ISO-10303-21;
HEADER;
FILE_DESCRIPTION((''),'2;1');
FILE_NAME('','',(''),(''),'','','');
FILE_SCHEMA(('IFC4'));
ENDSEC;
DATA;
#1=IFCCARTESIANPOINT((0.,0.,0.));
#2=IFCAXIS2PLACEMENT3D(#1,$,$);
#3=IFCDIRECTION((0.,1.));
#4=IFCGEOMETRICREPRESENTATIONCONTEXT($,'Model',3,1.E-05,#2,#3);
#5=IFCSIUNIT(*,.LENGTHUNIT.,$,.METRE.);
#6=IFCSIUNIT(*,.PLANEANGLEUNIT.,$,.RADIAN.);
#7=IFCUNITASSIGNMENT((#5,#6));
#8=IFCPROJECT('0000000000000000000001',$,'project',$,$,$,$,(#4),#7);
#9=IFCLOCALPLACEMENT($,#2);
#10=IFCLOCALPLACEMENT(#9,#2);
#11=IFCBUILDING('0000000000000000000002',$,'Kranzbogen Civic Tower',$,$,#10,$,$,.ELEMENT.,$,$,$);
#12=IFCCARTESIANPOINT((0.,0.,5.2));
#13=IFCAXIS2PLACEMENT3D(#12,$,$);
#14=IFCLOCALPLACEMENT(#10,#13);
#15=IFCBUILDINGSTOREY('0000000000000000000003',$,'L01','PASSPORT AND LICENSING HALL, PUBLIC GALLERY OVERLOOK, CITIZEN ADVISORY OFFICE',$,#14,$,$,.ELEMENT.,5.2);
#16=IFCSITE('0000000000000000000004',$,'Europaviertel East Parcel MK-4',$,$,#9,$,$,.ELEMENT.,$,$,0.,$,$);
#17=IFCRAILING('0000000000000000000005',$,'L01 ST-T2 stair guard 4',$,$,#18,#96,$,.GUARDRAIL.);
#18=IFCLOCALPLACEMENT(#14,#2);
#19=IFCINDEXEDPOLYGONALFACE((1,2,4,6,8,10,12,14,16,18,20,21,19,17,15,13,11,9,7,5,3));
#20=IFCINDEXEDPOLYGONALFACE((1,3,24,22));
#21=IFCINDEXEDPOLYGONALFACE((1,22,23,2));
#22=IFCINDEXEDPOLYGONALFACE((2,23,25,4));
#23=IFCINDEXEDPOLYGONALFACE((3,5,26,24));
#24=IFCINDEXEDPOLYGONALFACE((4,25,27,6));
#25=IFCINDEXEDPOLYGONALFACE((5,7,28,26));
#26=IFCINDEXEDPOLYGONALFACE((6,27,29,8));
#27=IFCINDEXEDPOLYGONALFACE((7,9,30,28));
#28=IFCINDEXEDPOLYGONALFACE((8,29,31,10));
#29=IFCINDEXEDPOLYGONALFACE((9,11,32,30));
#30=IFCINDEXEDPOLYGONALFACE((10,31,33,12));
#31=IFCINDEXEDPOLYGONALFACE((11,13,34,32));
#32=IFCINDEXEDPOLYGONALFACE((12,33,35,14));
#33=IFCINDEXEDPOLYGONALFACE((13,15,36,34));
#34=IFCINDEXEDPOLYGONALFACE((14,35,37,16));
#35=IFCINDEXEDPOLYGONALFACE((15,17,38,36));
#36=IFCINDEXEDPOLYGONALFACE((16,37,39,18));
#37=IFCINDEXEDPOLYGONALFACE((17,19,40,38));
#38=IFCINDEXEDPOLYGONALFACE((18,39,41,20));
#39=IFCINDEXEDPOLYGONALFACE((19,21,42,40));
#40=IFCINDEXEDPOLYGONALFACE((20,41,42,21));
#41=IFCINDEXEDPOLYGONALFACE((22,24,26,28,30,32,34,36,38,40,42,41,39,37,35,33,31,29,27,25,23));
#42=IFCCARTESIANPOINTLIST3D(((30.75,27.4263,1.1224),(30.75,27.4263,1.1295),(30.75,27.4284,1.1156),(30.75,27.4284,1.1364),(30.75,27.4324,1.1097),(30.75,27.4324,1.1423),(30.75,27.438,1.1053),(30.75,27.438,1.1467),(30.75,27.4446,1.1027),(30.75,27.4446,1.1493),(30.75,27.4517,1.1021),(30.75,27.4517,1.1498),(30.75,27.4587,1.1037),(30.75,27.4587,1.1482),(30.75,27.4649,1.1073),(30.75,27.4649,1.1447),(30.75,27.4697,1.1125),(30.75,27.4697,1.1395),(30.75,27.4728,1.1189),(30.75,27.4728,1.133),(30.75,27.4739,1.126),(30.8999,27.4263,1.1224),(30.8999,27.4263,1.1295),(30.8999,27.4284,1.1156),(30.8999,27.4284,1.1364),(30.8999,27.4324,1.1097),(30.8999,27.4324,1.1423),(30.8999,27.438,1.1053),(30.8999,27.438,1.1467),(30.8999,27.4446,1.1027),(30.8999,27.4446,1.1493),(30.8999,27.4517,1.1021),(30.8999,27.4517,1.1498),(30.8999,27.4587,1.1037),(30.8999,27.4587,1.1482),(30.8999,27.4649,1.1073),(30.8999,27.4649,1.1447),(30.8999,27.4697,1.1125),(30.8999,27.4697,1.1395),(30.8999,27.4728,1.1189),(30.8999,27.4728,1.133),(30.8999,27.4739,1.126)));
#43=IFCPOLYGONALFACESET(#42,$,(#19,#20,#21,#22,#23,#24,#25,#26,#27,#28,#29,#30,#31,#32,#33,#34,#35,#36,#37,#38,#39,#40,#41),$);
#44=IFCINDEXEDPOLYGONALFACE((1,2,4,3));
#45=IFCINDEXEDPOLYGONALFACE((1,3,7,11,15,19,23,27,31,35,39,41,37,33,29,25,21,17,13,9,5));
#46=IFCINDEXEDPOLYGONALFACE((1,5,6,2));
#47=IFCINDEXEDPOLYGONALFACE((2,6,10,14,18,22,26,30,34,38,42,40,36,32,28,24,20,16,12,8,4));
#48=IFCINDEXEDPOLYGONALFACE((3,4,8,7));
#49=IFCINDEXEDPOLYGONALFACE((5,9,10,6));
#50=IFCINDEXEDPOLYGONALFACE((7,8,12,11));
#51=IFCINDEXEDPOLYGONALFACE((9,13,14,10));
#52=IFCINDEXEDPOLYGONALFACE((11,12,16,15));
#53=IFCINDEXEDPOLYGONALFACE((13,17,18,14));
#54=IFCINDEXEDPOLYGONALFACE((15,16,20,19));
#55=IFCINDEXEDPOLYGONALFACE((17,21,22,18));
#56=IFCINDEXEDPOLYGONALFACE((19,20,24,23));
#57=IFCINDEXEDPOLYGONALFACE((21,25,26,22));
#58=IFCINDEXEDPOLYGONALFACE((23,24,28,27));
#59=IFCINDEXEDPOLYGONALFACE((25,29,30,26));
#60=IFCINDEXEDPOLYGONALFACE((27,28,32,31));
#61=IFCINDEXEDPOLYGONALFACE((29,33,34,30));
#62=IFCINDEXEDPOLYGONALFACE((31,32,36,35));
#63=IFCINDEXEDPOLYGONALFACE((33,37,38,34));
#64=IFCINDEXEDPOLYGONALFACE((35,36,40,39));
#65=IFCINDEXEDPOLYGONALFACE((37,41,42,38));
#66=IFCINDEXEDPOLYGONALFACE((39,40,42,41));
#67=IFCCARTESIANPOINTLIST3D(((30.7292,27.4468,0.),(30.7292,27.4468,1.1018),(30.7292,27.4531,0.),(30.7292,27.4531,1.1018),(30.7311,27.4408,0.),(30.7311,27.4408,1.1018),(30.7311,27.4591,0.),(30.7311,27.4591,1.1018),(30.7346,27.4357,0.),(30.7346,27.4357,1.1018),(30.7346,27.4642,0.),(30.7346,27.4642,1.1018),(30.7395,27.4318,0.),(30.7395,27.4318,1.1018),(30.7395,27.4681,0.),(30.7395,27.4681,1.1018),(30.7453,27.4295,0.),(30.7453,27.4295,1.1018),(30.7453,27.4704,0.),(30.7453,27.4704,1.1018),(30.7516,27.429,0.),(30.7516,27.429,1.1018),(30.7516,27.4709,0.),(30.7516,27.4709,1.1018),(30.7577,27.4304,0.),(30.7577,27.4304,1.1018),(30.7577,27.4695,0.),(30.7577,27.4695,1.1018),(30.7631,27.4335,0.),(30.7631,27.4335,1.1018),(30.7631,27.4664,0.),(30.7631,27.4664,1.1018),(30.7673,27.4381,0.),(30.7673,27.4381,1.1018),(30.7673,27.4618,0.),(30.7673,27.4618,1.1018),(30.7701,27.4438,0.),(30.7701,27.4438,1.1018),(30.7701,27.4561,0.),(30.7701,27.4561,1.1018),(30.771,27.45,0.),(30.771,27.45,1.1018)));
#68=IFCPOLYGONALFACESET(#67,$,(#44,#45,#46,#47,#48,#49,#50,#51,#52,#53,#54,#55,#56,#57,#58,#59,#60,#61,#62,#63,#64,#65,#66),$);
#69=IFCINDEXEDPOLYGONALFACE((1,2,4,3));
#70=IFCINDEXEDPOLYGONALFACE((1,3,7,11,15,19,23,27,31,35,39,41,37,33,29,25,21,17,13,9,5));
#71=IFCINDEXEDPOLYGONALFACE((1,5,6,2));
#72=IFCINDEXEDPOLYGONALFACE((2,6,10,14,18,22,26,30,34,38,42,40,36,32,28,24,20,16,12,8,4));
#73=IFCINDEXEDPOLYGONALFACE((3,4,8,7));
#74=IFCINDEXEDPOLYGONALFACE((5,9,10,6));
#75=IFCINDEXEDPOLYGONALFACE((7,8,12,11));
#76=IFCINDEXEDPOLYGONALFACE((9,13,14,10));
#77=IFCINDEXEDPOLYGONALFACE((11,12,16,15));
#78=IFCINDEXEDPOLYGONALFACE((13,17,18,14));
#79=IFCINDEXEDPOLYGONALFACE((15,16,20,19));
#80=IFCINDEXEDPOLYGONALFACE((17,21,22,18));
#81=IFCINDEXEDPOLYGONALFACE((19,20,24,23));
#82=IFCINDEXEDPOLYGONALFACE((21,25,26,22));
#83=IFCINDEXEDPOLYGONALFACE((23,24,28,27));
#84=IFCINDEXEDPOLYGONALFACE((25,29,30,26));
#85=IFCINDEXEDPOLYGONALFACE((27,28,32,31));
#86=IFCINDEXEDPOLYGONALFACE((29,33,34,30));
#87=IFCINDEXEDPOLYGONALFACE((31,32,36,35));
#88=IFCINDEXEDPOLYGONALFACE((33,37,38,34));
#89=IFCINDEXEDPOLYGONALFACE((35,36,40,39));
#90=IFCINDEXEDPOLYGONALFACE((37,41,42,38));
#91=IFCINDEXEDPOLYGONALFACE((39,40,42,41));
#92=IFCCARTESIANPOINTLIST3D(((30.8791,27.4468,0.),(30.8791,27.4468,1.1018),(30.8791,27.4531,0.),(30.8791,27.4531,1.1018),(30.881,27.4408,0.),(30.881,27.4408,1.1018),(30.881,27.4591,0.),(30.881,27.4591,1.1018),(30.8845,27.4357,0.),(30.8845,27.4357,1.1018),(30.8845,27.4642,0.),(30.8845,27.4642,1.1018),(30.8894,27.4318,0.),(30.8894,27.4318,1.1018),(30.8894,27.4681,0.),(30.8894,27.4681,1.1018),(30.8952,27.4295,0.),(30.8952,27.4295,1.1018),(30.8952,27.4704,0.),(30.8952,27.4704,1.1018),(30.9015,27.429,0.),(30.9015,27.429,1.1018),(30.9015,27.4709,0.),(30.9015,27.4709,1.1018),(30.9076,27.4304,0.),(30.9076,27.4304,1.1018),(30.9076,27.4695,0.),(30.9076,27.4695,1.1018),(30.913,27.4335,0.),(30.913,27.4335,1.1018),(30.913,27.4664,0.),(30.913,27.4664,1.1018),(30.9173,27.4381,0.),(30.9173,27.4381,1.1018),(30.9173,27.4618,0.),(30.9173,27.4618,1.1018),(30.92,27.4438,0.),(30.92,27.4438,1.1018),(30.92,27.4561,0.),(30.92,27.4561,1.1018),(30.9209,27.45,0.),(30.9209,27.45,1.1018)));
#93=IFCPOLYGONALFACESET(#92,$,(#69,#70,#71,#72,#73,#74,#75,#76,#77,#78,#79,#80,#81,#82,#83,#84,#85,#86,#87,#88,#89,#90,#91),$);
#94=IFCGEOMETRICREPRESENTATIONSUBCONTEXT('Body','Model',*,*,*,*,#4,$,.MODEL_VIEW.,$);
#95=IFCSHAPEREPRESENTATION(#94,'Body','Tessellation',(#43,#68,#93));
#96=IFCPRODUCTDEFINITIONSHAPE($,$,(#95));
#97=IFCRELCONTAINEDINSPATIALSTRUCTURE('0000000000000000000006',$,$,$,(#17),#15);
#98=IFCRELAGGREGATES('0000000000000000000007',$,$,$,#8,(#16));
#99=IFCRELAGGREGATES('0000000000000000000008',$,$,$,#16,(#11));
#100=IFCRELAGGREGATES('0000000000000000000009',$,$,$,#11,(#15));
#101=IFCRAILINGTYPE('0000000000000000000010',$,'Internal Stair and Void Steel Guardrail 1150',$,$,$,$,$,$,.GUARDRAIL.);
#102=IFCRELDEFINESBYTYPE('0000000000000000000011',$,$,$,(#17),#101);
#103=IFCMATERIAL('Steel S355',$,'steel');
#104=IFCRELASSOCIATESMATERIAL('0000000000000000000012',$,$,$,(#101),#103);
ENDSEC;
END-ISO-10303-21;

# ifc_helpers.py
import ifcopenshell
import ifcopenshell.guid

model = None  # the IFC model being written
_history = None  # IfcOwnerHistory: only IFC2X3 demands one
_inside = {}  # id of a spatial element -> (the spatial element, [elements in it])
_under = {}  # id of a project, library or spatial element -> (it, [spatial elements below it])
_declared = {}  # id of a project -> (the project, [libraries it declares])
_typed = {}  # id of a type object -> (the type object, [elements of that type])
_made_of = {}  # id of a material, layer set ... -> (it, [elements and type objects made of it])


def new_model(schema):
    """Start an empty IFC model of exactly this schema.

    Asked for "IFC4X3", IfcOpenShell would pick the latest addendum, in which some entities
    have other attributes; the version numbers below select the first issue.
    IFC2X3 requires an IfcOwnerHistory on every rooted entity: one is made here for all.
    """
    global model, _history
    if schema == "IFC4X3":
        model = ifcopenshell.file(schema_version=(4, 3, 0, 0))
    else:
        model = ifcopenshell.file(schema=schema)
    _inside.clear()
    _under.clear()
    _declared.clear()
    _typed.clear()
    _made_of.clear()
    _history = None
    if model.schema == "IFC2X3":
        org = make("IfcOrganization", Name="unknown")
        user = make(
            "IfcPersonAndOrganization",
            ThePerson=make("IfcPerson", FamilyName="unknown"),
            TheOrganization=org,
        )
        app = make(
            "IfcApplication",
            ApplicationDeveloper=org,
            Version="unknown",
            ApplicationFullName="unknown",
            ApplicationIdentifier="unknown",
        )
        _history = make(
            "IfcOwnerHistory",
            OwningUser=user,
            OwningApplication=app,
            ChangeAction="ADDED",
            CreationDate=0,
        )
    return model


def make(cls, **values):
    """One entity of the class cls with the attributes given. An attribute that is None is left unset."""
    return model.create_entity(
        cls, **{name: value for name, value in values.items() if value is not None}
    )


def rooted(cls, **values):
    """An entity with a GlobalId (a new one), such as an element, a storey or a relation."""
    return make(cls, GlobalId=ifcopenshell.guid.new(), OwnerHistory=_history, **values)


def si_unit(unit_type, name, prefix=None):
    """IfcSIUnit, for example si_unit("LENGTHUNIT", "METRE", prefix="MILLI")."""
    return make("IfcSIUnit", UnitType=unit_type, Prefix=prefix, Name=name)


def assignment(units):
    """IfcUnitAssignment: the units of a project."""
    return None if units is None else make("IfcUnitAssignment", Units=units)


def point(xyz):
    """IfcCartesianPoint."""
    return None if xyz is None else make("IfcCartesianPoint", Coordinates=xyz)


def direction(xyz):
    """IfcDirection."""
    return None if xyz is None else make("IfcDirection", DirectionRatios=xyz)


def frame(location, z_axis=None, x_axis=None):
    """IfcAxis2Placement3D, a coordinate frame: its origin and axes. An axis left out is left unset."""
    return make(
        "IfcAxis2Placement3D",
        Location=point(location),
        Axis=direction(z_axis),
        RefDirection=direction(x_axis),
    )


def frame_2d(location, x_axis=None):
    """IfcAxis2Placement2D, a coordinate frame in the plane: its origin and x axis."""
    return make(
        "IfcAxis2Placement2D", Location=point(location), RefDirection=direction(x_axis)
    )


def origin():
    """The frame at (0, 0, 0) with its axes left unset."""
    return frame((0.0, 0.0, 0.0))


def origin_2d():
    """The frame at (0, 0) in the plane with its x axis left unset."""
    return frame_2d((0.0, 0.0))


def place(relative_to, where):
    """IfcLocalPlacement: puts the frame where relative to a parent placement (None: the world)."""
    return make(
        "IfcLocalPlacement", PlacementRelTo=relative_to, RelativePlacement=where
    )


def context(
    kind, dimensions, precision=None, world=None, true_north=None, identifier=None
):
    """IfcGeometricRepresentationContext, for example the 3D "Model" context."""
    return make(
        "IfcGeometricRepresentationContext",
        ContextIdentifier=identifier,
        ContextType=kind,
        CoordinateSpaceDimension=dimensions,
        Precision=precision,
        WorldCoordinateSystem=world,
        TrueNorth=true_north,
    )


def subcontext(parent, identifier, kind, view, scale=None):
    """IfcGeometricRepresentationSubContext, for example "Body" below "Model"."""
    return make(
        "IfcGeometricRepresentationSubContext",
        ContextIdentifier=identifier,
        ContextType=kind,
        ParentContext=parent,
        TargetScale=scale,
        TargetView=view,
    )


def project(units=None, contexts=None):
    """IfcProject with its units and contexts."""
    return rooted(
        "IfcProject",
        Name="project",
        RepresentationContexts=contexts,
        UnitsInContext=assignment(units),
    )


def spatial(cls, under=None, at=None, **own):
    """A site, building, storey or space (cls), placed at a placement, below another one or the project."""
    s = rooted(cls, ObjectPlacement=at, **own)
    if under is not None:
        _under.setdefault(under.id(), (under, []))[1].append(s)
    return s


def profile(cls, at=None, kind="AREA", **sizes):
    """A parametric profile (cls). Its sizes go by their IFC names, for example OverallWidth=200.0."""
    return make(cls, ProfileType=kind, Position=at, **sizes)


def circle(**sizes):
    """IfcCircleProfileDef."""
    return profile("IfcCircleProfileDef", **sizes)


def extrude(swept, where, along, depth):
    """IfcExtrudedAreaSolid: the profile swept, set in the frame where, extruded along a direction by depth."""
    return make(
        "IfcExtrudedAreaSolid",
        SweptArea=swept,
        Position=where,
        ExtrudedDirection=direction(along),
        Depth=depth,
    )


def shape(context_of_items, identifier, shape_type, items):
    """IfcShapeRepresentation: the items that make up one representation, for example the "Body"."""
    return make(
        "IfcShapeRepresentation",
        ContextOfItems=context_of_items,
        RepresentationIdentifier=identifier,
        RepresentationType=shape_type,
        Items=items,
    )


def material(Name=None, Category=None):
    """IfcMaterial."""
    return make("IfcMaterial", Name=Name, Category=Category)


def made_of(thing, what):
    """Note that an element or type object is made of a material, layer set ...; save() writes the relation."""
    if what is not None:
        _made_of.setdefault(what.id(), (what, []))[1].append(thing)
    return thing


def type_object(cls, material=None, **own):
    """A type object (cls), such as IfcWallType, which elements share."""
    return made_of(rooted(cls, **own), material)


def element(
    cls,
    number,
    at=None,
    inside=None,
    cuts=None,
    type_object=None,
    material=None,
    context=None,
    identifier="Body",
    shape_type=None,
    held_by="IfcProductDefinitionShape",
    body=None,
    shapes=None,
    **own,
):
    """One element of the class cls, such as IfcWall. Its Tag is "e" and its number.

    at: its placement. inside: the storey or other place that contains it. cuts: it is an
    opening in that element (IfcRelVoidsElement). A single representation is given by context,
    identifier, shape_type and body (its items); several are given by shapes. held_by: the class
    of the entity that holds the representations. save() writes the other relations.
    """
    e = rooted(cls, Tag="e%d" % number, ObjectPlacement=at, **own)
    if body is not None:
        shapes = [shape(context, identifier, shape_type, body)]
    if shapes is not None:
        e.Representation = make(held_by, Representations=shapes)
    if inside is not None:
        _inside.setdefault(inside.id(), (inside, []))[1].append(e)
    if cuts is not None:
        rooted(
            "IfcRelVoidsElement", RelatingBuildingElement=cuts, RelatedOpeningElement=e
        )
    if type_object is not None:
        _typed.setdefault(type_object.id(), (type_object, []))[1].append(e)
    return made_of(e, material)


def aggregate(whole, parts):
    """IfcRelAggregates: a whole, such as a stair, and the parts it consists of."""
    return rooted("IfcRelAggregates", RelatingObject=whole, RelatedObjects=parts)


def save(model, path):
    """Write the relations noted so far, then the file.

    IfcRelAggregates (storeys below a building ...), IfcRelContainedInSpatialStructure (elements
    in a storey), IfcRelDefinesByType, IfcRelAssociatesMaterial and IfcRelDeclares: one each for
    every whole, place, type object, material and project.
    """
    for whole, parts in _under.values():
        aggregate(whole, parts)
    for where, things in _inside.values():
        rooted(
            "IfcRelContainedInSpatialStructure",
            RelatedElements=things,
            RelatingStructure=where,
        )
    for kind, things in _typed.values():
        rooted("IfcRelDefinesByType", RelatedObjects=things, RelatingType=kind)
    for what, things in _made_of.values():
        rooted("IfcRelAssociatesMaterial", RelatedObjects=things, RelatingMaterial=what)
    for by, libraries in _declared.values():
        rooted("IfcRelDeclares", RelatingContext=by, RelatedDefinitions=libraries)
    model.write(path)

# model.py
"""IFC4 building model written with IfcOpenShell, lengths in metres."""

from ifc_helpers import new_model, si_unit, direction, frame, origin, origin_2d, place, context, subcontext, project, spatial, circle, extrude, material, type_object, element, save


model = new_model("IFC4")

# Units and contexts
model_context = context("Model", 3, precision=1e-05, world=origin(), true_north=direction((0.0, 1.0)))
body_context = subcontext(model_context, "Body", "Model", "MODEL_VIEW")
ifc_project = project(units=[si_unit("LENGTHUNIT", "METRE"), si_unit("PLANEANGLEUNIT", "RADIAN")], contexts=[model_context])

# Site, building, storey
site_placement = place(None, origin())
site = spatial("IfcSite", under=ifc_project, at=site_placement, Name="Europaviertel East Parcel MK-4", CompositionType="ELEMENT", RefElevation=0.0)
building_placement = place(site_placement, origin())
building = spatial("IfcBuilding", under=site, at=building_placement, Name="Kranzbogen Civic Tower", CompositionType="ELEMENT")
storey_placement = place(building_placement, frame((0.0, 0.0, 5.2)))
storey = spatial("IfcBuildingStorey", under=building, at=storey_placement, Name="L01", Description="PASSPORT AND LICENSING HALL, PUBLIC GALLERY OVERLOOK, CITIZEN ADVISORY OFFICE", CompositionType="ELEMENT", Elevation=5.2)

# Shared definitions
ifc_material_1 = material(Name="Steel S355", Category="steel")

# Railing
railing_type_1 = type_object("IfcRailingType", Name="Internal Stair and Void Steel Guardrail 1150", PredefinedType="GUARDRAIL", material=ifc_material_1)
railing_1_placement = place(storey_placement, frame((30.75, 27.45, 0.0)))
element("IfcRailing", 1, at=railing_1_placement, inside=storey, type_object=railing_type_1, Name="L01 ST-T2 stair guard 4", PredefinedType="GUARDRAIL", context=body_context, shape_type="SweptSolid", body=[
    extrude(circle(Radius=0.0239, at=origin_2d()), frame((0.0, 0.0, 1.126), z_axis=(1.0, 0.0, 0.0), x_axis=(0.0, 1.0, 0.0)), (0.0, 0.0, 1.0), 0.1499),
    extrude(circle(Radius=0.021, at=origin_2d()), origin(), (0.0, 0.0, 1.0), 1.1018),
    extrude(circle(Radius=0.021, at=origin_2d()), frame((0.1499, 0.0, 0.0)), (0.0, 0.0, 1.0), 1.1018),
])

save(model, "model.ifc")
